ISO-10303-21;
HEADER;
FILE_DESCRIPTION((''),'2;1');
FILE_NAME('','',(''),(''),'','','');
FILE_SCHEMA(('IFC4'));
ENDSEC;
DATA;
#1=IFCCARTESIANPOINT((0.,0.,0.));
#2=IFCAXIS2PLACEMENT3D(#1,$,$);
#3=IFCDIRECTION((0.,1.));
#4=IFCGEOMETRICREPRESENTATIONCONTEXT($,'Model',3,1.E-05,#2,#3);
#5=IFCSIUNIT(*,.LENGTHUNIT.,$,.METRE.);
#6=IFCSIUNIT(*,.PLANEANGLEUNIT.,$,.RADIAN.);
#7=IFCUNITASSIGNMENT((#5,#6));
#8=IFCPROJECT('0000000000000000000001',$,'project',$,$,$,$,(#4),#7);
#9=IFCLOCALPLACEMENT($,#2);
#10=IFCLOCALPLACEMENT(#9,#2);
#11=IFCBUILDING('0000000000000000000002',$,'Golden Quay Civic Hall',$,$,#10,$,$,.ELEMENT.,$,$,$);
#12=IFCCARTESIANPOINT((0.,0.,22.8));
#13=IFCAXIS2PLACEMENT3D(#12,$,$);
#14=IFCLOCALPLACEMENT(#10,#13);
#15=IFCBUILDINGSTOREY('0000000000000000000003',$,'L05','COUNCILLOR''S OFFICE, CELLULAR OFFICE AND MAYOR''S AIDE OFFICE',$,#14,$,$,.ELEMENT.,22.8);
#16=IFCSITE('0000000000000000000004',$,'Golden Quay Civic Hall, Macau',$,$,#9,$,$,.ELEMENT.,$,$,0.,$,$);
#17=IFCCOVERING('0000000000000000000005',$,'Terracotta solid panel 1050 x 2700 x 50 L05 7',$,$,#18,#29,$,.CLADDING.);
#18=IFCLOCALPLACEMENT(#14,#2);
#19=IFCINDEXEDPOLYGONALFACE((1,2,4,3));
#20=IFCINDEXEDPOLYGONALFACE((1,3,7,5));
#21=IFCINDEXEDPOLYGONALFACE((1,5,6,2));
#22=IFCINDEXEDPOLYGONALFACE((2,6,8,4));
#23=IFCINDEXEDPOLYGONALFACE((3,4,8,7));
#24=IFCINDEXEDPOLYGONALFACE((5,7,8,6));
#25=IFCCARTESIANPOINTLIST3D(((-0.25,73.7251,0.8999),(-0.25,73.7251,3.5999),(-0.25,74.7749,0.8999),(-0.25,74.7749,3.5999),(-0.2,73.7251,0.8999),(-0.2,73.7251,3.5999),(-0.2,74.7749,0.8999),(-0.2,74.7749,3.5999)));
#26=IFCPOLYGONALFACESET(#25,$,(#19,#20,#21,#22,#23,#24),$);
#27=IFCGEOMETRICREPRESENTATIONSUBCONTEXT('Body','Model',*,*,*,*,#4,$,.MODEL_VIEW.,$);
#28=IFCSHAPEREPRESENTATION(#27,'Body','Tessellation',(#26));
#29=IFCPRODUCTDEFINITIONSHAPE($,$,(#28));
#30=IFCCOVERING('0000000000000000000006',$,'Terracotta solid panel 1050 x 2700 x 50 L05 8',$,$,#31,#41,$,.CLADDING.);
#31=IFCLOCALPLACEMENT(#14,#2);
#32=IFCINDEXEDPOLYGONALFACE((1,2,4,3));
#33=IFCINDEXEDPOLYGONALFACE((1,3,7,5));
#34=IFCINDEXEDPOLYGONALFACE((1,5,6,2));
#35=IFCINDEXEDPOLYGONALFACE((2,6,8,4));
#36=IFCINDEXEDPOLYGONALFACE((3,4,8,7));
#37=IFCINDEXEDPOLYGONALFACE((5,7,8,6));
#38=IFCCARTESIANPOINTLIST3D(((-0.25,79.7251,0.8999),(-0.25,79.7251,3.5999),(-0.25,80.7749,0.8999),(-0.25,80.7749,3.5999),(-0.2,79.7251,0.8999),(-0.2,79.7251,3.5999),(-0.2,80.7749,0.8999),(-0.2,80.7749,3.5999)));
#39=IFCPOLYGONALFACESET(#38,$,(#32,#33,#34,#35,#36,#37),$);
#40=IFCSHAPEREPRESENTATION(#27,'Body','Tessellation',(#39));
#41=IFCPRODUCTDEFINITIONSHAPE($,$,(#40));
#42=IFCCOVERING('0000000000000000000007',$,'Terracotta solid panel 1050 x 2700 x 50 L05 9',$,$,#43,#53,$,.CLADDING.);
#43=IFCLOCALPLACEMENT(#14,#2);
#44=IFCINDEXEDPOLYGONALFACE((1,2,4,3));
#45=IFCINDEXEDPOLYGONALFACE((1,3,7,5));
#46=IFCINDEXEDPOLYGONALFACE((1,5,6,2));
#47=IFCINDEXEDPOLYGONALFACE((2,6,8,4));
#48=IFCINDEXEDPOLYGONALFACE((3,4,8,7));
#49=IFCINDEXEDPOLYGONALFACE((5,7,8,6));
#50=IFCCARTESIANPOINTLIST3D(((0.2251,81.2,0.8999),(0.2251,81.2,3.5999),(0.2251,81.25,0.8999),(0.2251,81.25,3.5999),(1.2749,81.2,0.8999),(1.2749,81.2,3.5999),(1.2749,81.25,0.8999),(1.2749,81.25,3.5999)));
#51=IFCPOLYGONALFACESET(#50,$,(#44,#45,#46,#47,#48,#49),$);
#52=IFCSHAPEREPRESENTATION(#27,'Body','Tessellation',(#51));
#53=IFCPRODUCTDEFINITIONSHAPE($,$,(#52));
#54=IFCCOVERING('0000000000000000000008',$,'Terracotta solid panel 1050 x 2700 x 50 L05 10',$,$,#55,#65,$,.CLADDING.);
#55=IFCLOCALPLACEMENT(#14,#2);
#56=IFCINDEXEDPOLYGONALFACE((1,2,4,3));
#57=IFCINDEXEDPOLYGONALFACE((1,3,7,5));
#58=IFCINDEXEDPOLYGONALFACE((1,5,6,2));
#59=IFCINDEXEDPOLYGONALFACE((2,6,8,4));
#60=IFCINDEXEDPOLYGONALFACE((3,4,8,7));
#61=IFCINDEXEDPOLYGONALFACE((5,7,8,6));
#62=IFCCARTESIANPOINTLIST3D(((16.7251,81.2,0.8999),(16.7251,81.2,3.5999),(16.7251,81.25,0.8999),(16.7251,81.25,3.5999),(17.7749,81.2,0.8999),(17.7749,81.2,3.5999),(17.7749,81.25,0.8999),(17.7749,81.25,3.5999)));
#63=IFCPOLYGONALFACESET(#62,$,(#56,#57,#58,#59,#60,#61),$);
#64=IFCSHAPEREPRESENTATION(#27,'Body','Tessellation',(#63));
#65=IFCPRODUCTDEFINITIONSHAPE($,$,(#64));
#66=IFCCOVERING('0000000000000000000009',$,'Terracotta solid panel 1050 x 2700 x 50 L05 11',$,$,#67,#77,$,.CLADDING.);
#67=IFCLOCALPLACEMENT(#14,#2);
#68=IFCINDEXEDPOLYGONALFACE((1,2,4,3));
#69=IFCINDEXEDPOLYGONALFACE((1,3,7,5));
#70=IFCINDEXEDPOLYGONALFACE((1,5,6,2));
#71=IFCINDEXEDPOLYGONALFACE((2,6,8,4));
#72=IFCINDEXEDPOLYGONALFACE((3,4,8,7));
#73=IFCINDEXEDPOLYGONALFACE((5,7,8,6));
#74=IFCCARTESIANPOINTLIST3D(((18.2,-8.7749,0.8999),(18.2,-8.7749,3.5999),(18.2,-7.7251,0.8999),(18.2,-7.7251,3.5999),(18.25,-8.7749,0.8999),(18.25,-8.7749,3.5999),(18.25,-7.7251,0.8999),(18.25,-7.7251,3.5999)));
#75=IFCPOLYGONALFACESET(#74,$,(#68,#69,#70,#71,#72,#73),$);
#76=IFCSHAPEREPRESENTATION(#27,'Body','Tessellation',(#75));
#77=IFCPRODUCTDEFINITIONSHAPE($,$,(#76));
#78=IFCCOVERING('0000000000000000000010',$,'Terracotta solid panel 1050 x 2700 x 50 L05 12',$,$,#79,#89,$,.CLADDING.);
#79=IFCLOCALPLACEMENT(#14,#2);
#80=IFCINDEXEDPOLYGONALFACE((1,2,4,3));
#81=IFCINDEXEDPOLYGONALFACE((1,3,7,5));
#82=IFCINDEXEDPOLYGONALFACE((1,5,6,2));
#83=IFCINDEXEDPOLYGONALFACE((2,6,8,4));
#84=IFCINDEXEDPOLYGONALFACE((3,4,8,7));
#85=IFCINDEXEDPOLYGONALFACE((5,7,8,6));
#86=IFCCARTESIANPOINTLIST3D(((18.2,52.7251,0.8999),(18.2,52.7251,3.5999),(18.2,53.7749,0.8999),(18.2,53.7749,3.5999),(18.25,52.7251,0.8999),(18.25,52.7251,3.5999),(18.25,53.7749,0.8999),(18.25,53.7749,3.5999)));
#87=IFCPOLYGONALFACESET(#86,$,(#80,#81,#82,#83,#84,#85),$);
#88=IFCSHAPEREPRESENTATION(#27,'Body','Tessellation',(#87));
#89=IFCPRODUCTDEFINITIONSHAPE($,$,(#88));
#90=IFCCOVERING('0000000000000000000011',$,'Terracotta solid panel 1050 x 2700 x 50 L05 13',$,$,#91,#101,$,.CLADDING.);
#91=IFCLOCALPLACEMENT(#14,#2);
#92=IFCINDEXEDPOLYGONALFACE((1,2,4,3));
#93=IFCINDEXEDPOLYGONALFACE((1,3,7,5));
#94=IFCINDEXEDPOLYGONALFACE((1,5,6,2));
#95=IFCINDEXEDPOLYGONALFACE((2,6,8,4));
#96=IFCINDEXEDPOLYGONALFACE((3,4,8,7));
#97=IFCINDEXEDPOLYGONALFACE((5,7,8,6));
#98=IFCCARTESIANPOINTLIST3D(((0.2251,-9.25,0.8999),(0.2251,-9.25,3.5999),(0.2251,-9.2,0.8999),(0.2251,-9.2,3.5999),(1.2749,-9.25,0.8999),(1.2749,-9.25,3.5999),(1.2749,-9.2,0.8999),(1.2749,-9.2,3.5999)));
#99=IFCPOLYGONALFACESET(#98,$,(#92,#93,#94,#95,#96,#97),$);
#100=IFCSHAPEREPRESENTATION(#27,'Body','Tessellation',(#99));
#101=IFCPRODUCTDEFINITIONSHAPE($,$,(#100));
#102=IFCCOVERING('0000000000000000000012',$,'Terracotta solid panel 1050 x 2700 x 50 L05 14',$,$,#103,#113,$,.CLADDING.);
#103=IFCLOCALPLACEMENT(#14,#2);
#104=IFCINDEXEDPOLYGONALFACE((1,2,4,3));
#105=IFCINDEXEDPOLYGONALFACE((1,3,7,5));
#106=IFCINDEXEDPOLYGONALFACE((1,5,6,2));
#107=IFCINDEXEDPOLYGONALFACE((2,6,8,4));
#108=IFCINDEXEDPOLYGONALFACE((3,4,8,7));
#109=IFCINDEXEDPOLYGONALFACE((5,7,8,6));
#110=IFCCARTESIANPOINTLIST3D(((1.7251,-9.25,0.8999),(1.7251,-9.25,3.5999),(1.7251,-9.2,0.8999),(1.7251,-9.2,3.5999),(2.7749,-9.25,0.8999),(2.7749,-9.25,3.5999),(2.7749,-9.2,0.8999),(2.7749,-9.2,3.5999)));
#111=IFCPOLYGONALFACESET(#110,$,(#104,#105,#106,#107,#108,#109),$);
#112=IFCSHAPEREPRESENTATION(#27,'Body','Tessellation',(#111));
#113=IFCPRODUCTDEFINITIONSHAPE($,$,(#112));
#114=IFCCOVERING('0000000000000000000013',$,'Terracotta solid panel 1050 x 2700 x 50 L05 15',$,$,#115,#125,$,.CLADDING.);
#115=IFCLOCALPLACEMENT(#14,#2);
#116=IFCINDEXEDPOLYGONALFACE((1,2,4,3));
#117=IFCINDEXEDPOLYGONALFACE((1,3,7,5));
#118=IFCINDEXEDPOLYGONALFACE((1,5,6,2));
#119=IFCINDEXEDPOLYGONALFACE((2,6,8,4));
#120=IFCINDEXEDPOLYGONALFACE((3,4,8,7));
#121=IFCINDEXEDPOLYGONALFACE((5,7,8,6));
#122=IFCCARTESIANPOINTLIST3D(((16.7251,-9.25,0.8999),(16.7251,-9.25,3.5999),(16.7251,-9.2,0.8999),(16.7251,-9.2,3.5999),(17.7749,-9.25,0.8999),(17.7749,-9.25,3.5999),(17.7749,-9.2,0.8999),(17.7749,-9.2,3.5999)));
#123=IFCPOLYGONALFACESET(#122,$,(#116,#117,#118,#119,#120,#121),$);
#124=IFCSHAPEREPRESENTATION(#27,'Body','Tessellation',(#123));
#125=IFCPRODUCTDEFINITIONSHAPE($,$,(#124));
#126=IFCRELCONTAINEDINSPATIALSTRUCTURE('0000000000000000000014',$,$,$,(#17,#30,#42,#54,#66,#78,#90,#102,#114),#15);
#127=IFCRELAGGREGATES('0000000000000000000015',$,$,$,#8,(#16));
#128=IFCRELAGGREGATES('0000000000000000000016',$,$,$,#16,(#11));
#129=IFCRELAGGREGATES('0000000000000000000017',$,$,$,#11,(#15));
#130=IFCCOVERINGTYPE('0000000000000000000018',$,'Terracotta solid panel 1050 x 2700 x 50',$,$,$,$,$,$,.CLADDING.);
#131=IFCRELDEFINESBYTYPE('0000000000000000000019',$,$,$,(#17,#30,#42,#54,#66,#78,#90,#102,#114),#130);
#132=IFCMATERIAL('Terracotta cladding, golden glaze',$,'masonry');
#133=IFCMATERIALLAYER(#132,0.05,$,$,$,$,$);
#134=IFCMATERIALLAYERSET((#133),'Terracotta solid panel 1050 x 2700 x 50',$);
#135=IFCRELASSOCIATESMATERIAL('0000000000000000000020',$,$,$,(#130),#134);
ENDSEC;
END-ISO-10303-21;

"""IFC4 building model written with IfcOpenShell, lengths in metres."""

from ifc_helpers import new_model, si_unit, direction, frame, origin, place, context, subcontext, project, spatial, polyline, outline, extrude, material, layer, layer_set, type_object, element, save


model = new_model("IFC4")

# Units and contexts
model_context = context("Model", 3, precision=1e-05, world=origin(), true_north=direction((0.0, 1.0)))
body_context = subcontext(model_context, "Body", "Model", "MODEL_VIEW")
ifc_project = project(units=[si_unit("LENGTHUNIT", "METRE"), si_unit("PLANEANGLEUNIT", "RADIAN")], contexts=[model_context])

# Site, building, storey
site_placement = place(None, origin())
site = spatial("IfcSite", under=ifc_project, at=site_placement, Name="Golden Quay Civic Hall, Macau", CompositionType="ELEMENT", RefElevation=0.0)
building_placement = place(site_placement, origin())
building = spatial("IfcBuilding", under=site, at=building_placement, Name="Golden Quay Civic Hall", CompositionType="ELEMENT")
storey_placement = place(building_placement, frame((0.0, 0.0, 22.8)))
storey = spatial("IfcBuildingStorey", under=building, at=storey_placement, Name="L05", Description="COUNCILLOR'S OFFICE, CELLULAR OFFICE AND MAYOR'S AIDE OFFICE", CompositionType="ELEMENT", Elevation=22.8)

# Coverings
ifc_material_1 = material(Name="Terracotta cladding, golden glaze", Category="masonry")
ifc_layer_1 = layer(ifc_material_1, 0.05)
ifc_layer_set_1 = layer_set([ifc_layer_1], Name="Terracotta solid panel 1050 x 2700 x 50")
covering_type_1 = type_object("IfcCoveringType", Name="Terracotta solid panel 1050 x 2700 x 50", PredefinedType="CLADDING", material=ifc_layer_set_1)
covering_1_placement = place(storey_placement, frame((0.0, 0.0, 0.8999)))
element("IfcCovering", 1, at=covering_1_placement, inside=storey, type_object=covering_type_1, Name="Terracotta solid panel 1050 x 2700 x 50 L05 7", PredefinedType="CLADDING", context=body_context, shape_type="SweptSolid", body=[
    extrude(outline(polyline([(-0.2, 73.7251), (-0.2, 74.7749), (-0.25, 74.7749), (-0.25, 73.7251), (-0.2, 73.7251)])), origin(), (0.0, 0.0, 1.0), 2.7),
])
covering_2_placement = place(storey_placement, frame((0.0, 0.0, 0.8999)))
element("IfcCovering", 2, at=covering_2_placement, inside=storey, type_object=covering_type_1, Name="Terracotta solid panel 1050 x 2700 x 50 L05 8", PredefinedType="CLADDING", context=body_context, shape_type="SweptSolid", body=[
    extrude(outline(polyline([(-0.2, 79.7251), (-0.2, 80.7749), (-0.25, 80.7749), (-0.25, 79.7251), (-0.2, 79.7251)])), origin(), (0.0, 0.0, 1.0), 2.7),
])
covering_3_placement = place(storey_placement, frame((0.0, 0.0, 0.8999)))
element("IfcCovering", 3, at=covering_3_placement, inside=storey, type_object=covering_type_1, Name="Terracotta solid panel 1050 x 2700 x 50 L05 9", PredefinedType="CLADDING", context=body_context, shape_type="SweptSolid", body=[
    extrude(outline(polyline([(0.2251, 81.2), (1.2749, 81.2), (1.2749, 81.25), (0.2251, 81.25), (0.2251, 81.2)])), origin(), (0.0, 0.0, 1.0), 2.7),
])
covering_4_placement = place(storey_placement, frame((0.0, 0.0, 0.8999)))
element("IfcCovering", 4, at=covering_4_placement, inside=storey, type_object=covering_type_1, Name="Terracotta solid panel 1050 x 2700 x 50 L05 10", PredefinedType="CLADDING", context=body_context, shape_type="SweptSolid", body=[
    extrude(outline(polyline([(16.7251, 81.2), (17.7749, 81.2), (17.7749, 81.25), (16.7251, 81.25), (16.7251, 81.2)])), origin(), (0.0, 0.0, 1.0), 2.7),
])
covering_5_placement = place(storey_placement, frame((0.0, 0.0, 0.8999)))
element("IfcCovering", 5, at=covering_5_placement, inside=storey, type_object=covering_type_1, Name="Terracotta solid panel 1050 x 2700 x 50 L05 11", PredefinedType="CLADDING", context=body_context, shape_type="SweptSolid", body=[
    extrude(outline(polyline([(18.2, -8.7749), (18.2, -7.7251), (18.25, -7.7251), (18.25, -8.7749), (18.2, -8.7749)])), origin(), (0.0, 0.0, 1.0), 2.7),
])
covering_6_placement = place(storey_placement, frame((0.0, 0.0, 0.8999)))
element("IfcCovering", 6, at=covering_6_placement, inside=storey, type_object=covering_type_1, Name="Terracotta solid panel 1050 x 2700 x 50 L05 12", PredefinedType="CLADDING", context=body_context, shape_type="SweptSolid", body=[
    extrude(outline(polyline([(18.2, 52.7251), (18.2, 53.7749), (18.25, 53.7749), (18.25, 52.7251), (18.2, 52.7251)])), origin(), (0.0, 0.0, 1.0), 2.7),
])
covering_7_placement = place(storey_placement, frame((0.0, 0.0, 0.8999)))
element("IfcCovering", 7, at=covering_7_placement, inside=storey, type_object=covering_type_1, Name="Terracotta solid panel 1050 x 2700 x 50 L05 13", PredefinedType="CLADDING", context=body_context, shape_type="SweptSolid", body=[
    extrude(outline(polyline([(0.2251, -9.2), (1.2749, -9.2), (1.2749, -9.25), (0.2251, -9.25), (0.2251, -9.2)])), origin(), (0.0, 0.0, 1.0), 2.7),
])
covering_8_placement = place(storey_placement, frame((0.0, 0.0, 0.8999)))
element("IfcCovering", 8, at=covering_8_placement, inside=storey, type_object=covering_type_1, Name="Terracotta solid panel 1050 x 2700 x 50 L05 14", PredefinedType="CLADDING", context=body_context, shape_type="SweptSolid", body=[
    extrude(outline(polyline([(1.7251, -9.2), (2.7749, -9.2), (2.7749, -9.25), (1.7251, -9.25), (1.7251, -9.2)])), origin(), (0.0, 0.0, 1.0), 2.7),
])
covering_9_placement = place(storey_placement, frame((0.0, 0.0, 0.8999)))
element("IfcCovering", 9, at=covering_9_placement, inside=storey, type_object=covering_type_1, Name="Terracotta solid panel 1050 x 2700 x 50 L05 15", PredefinedType="CLADDING", context=body_context, shape_type="SweptSolid", body=[
    extrude(outline(polyline([(16.7251, -9.2), (17.7749, -9.2), (17.7749, -9.25), (16.7251, -9.25), (16.7251, -9.2)])), origin(), (0.0, 0.0, 1.0), 2.7),
])

save(model, "model.ifc")
